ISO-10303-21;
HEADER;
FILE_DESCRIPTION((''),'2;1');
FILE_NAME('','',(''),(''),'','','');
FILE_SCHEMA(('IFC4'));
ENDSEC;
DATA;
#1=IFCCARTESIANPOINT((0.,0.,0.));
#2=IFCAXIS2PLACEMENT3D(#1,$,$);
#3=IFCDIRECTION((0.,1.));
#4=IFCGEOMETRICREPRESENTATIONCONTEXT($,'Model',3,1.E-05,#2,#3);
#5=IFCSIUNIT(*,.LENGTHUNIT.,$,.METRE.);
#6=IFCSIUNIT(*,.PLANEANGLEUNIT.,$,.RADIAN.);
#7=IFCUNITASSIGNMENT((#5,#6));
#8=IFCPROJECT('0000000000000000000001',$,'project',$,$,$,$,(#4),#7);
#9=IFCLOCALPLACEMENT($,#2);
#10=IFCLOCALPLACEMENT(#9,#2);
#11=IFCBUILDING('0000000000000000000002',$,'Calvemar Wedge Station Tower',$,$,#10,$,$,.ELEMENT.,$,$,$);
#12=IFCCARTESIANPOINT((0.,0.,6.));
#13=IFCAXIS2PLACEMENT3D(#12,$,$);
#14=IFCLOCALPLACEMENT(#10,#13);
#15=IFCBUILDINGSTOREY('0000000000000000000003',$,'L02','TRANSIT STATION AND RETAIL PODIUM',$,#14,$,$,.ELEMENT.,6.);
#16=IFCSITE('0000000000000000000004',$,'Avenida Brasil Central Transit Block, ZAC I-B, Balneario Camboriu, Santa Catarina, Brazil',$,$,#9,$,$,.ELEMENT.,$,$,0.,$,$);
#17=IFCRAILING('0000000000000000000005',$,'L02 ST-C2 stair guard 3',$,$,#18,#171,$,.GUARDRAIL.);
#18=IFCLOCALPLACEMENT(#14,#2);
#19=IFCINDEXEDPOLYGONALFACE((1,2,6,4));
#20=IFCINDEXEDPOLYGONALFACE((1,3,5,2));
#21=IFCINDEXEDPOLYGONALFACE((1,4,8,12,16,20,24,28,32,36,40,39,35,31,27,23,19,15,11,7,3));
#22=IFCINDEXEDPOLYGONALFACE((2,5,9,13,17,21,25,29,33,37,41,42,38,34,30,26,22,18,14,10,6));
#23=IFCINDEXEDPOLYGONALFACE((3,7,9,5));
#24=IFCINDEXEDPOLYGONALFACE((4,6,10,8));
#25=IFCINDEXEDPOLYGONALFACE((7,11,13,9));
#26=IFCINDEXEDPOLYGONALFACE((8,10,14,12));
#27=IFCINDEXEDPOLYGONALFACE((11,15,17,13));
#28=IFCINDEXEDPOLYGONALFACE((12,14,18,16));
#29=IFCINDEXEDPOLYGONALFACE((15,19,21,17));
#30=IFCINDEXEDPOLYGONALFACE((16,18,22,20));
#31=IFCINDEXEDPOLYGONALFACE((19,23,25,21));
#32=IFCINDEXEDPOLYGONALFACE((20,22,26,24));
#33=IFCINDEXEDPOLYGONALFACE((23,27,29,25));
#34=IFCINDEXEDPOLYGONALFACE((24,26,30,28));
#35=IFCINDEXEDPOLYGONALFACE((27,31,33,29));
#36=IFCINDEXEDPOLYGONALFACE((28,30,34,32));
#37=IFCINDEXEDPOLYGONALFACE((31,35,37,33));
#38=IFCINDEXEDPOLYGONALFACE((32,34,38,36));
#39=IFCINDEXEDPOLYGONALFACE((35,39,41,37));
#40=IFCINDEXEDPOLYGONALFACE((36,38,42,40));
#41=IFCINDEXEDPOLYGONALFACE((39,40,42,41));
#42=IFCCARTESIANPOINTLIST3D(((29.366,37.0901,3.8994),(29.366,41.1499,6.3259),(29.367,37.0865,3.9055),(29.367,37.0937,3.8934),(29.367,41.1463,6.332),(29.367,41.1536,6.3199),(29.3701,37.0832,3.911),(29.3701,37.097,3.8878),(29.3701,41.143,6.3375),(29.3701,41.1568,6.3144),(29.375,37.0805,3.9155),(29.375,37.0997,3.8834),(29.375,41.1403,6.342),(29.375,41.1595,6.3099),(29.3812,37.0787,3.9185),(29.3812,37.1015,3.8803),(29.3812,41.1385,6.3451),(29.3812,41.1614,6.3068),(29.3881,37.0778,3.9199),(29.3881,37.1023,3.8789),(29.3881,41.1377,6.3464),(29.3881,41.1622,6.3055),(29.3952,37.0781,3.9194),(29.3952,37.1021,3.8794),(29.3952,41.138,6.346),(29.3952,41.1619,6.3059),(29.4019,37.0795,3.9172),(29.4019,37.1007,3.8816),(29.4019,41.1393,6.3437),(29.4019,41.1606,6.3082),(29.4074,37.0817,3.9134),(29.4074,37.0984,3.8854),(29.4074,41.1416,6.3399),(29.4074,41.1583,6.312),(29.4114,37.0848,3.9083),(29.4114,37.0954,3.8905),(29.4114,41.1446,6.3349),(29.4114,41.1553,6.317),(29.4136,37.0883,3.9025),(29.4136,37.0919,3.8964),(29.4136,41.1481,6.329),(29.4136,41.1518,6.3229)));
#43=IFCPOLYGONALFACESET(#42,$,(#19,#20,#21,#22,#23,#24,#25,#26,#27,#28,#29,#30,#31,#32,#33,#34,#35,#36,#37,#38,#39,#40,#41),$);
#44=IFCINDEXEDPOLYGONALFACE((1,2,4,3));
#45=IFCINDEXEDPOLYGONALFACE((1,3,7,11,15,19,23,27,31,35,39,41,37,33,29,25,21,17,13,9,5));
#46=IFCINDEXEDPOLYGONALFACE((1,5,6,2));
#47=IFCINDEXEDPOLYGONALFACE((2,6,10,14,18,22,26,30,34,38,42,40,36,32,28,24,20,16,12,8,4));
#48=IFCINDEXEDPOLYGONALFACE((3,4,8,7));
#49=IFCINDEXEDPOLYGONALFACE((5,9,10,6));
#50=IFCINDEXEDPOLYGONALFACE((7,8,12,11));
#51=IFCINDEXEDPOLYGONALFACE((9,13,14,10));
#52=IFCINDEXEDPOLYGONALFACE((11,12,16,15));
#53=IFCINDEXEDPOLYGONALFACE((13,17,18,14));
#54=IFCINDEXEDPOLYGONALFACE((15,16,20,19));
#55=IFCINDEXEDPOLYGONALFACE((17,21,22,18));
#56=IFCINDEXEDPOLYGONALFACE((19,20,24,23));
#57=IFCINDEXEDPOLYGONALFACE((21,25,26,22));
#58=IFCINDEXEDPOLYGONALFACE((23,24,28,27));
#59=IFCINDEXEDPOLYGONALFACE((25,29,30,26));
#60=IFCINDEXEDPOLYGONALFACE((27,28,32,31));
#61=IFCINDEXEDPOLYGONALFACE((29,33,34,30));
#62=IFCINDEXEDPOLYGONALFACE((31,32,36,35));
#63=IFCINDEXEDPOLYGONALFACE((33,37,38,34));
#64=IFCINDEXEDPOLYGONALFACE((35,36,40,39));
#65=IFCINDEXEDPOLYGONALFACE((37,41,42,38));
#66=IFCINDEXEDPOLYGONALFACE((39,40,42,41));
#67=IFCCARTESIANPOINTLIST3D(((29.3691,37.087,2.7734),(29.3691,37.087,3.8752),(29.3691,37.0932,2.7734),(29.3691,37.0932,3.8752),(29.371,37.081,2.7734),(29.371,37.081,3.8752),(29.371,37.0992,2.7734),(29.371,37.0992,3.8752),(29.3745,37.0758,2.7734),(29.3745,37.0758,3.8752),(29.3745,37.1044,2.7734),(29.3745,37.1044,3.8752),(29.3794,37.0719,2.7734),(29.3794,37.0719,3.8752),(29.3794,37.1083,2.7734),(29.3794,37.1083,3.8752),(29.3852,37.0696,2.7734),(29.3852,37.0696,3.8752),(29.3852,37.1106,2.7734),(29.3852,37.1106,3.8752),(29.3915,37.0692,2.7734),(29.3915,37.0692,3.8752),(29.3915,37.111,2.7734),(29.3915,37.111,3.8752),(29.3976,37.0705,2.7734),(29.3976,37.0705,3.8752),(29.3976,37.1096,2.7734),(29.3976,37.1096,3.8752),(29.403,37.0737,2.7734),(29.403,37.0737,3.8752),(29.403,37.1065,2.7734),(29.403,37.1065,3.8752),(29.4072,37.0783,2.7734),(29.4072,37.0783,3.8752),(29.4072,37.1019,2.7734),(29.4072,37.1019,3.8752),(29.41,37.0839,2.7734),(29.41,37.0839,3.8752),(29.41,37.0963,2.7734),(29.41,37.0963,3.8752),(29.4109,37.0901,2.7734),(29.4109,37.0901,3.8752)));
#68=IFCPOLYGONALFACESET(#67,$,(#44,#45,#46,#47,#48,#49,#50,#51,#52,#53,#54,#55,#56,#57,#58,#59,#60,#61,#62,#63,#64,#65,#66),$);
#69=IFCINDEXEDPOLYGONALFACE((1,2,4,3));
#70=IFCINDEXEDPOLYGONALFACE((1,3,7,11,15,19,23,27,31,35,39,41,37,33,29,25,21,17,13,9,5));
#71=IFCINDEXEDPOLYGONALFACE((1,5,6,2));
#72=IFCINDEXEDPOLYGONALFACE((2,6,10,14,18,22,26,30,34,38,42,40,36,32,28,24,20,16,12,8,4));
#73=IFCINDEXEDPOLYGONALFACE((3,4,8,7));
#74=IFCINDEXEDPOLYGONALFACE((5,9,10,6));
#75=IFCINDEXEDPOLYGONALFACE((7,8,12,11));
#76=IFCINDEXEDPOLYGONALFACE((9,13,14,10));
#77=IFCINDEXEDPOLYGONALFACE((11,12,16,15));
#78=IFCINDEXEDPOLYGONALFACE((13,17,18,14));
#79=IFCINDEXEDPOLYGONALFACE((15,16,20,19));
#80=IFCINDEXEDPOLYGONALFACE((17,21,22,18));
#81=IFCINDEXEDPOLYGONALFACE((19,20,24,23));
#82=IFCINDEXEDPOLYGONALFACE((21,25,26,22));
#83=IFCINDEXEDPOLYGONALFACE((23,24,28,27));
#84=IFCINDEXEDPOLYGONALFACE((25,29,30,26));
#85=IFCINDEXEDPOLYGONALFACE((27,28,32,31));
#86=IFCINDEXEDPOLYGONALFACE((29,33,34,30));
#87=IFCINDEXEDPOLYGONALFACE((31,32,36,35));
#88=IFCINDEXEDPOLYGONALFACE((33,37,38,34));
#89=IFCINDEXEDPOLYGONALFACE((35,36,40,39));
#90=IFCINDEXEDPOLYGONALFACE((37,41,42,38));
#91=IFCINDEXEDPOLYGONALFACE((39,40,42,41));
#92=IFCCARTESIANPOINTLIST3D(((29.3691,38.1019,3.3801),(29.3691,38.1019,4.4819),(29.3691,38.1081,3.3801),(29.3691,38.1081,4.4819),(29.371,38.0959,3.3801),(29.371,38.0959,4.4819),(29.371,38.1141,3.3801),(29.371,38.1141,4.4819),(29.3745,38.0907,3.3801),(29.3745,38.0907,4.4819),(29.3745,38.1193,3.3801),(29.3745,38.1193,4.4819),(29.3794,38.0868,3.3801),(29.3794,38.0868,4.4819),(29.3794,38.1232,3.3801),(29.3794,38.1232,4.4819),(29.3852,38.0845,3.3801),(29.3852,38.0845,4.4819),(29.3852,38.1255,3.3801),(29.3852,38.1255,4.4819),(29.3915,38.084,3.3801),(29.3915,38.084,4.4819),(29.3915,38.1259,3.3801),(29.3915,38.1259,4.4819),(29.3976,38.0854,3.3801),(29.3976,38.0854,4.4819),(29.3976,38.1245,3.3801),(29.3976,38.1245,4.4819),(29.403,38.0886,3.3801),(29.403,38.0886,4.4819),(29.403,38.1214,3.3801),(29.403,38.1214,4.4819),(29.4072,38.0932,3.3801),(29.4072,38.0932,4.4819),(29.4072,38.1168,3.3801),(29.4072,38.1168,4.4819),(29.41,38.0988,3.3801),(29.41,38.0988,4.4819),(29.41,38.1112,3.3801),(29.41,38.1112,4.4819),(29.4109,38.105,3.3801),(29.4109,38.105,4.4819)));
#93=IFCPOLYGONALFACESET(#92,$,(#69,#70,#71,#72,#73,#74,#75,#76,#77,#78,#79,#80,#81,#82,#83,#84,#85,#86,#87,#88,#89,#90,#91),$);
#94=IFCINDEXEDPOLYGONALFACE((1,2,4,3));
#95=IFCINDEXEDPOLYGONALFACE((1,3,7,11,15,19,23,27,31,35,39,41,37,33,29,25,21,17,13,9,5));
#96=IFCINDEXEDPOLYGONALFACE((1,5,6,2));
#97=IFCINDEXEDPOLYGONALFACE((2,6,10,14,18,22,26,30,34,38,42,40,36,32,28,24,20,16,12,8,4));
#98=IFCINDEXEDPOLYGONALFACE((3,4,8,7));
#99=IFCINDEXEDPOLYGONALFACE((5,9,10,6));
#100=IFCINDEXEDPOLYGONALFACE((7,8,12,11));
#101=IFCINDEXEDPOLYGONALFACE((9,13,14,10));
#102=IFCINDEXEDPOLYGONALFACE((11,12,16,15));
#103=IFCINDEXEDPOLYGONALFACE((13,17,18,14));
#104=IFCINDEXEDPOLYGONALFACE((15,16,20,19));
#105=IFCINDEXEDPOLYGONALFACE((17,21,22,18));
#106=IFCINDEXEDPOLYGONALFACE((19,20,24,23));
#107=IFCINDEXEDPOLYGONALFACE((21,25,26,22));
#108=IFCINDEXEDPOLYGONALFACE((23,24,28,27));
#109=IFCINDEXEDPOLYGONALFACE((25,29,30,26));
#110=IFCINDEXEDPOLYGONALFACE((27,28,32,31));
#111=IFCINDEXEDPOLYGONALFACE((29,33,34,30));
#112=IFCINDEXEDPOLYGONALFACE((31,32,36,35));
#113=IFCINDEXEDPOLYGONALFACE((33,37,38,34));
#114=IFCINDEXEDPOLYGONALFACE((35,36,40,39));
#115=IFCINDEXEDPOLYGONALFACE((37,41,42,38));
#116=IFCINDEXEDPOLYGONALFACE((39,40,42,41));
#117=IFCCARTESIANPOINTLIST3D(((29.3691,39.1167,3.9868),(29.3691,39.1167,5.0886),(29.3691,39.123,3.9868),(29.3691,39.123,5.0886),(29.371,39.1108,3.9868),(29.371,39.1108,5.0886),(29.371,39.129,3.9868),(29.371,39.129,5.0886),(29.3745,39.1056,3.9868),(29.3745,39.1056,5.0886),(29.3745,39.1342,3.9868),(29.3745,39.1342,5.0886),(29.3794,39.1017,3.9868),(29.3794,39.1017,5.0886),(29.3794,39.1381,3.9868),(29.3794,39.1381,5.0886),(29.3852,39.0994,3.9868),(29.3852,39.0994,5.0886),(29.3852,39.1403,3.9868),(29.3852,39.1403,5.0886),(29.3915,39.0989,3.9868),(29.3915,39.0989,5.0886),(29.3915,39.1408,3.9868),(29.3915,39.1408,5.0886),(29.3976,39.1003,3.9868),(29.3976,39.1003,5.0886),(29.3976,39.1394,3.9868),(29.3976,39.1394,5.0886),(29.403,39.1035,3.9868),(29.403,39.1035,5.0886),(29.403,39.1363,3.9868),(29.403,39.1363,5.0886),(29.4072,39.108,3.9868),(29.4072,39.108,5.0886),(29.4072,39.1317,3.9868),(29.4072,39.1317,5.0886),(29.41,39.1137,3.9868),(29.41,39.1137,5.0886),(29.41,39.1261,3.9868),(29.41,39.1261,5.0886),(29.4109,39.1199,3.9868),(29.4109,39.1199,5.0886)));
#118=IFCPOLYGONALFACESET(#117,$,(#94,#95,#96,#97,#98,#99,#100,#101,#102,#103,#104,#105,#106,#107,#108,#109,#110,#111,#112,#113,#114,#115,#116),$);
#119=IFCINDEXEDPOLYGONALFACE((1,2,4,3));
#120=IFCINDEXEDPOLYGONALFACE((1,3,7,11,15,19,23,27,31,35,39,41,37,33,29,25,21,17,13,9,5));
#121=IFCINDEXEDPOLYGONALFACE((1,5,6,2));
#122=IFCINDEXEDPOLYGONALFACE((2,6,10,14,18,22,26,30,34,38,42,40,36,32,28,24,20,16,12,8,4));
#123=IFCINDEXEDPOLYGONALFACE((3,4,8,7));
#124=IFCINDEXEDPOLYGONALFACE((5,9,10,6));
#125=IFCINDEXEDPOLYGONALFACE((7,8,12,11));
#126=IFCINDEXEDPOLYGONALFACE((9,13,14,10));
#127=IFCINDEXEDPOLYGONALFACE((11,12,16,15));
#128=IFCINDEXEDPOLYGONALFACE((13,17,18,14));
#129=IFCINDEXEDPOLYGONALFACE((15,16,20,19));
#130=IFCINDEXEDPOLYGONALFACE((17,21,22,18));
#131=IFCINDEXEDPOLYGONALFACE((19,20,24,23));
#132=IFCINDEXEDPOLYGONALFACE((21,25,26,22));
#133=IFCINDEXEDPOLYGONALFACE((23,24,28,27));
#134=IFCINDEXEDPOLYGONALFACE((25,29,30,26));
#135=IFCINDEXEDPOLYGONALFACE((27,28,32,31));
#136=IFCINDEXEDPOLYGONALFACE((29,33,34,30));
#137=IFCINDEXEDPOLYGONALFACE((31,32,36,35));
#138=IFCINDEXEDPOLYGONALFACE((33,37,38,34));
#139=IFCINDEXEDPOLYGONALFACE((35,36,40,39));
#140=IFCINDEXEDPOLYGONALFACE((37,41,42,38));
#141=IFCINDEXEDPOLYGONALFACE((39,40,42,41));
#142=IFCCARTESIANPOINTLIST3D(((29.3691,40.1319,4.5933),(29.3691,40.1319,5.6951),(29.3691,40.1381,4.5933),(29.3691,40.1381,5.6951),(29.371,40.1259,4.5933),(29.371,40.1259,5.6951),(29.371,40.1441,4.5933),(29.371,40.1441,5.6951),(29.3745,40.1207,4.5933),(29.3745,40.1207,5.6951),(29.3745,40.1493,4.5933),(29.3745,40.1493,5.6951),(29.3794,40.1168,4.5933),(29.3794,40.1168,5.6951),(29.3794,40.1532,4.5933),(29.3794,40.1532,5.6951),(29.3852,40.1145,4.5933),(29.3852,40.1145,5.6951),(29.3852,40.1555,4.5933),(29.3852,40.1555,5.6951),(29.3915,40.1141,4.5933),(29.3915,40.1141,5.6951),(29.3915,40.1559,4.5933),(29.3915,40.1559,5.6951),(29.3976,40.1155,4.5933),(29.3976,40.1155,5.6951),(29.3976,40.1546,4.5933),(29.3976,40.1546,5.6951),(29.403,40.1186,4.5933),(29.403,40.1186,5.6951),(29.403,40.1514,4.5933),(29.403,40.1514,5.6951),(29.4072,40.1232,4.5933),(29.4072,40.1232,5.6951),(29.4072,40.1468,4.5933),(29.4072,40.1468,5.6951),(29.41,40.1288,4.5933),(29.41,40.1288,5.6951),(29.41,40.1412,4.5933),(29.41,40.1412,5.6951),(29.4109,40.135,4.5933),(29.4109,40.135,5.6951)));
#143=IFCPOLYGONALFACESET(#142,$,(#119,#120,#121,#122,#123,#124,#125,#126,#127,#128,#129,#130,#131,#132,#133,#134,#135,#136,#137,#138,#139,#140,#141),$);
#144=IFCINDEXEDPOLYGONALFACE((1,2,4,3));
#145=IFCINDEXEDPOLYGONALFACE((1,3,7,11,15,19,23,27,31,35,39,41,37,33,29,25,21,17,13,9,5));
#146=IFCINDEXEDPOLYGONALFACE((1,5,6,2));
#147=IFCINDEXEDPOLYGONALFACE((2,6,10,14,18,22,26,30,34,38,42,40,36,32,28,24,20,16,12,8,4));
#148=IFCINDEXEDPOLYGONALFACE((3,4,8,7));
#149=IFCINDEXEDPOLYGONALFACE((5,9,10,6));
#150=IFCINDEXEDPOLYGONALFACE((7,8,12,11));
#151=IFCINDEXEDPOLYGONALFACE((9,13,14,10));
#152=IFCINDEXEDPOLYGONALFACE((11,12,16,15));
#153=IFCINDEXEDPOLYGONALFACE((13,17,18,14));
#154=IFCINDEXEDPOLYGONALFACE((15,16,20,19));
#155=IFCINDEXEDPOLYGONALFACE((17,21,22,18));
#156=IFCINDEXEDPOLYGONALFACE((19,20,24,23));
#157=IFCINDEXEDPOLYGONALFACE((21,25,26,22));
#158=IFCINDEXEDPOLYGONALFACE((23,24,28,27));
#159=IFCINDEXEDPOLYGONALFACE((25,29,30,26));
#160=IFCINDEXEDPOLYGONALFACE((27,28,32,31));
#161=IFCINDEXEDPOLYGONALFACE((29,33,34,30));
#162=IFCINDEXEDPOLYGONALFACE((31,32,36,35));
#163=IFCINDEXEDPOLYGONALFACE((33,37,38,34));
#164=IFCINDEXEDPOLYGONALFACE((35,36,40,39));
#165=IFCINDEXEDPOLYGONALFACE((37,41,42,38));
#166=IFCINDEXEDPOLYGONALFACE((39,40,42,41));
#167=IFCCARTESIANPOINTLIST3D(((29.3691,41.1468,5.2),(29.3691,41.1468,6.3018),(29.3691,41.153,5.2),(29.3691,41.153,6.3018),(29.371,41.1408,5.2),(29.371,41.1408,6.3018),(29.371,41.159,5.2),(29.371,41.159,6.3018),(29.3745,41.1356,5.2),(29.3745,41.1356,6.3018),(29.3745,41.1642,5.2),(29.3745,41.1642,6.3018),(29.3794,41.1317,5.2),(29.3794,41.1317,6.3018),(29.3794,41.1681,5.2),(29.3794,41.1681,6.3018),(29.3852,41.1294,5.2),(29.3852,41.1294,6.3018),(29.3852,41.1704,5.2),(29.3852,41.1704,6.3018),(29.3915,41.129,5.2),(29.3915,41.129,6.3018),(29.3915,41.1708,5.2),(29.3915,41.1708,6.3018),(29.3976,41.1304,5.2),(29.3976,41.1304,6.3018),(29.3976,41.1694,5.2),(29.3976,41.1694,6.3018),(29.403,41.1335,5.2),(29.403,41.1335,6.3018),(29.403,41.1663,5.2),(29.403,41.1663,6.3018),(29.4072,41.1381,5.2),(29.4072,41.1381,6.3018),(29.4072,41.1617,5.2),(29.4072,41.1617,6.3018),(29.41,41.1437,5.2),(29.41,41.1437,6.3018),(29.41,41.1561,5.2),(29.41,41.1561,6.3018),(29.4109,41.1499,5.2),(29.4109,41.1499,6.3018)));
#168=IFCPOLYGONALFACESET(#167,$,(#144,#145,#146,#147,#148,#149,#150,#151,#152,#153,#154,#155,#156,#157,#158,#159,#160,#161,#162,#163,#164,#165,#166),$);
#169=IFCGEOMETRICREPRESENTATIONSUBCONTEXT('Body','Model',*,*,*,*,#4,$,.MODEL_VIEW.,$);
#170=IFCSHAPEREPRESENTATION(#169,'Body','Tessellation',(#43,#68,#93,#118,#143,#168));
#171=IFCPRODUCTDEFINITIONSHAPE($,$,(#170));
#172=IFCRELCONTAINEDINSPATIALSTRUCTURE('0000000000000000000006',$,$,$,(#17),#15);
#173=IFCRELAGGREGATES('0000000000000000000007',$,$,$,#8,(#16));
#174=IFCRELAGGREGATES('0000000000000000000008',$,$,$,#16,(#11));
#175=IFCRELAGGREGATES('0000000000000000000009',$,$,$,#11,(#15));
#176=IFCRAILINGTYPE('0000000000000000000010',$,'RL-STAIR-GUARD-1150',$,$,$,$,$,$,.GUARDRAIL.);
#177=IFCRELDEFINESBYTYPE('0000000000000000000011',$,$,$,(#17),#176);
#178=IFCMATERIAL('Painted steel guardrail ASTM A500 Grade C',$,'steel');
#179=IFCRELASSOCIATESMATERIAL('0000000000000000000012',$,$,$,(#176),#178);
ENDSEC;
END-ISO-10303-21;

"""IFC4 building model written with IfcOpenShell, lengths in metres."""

from ifc_helpers import new_model, si_unit, direction, frame, origin, origin_2d, place, context, subcontext, project, spatial, circle, extrude, material, type_object, element, save


model = new_model("IFC4")

# Units and contexts
model_context = context("Model", 3, precision=1e-05, world=origin(), true_north=direction((0.0, 1.0)))
body_context = subcontext(model_context, "Body", "Model", "MODEL_VIEW")
ifc_project = project(units=[si_unit("LENGTHUNIT", "METRE"), si_unit("PLANEANGLEUNIT", "RADIAN")], contexts=[model_context])

# Site, building, storey
site_placement = place(None, origin())
site = spatial("IfcSite", under=ifc_project, at=site_placement, Name="Avenida Brasil Central Transit Block, ZAC I-B, Balneario Camboriu, Santa Catarina, Brazil", CompositionType="ELEMENT", RefElevation=0.0)
building_placement = place(site_placement, origin())
building = spatial("IfcBuilding", under=site, at=building_placement, Name="Calvemar Wedge Station Tower", CompositionType="ELEMENT")
storey_placement = place(building_placement, frame((0.0, 0.0, 6.0)))
storey = spatial("IfcBuildingStorey", under=building, at=storey_placement, Name="L02", Description="TRANSIT STATION AND RETAIL PODIUM", CompositionType="ELEMENT", Elevation=6.0)

# Railing
ifc_material_1 = material(Name="Painted steel guardrail ASTM A500 Grade C", Category="steel")
railing_type_1 = type_object("IfcRailingType", Name="RL-STAIR-GUARD-1150", PredefinedType="GUARDRAIL", material=ifc_material_1)
railing_1_placement = place(storey_placement, frame((29.3899, 37.0901, 2.7734)))
element("IfcRailing", 1, at=railing_1_placement, inside=storey, type_object=railing_type_1, Name="L02 ST-C2 stair guard 3", PredefinedType="GUARDRAIL", context=body_context, shape_type="SweptSolid", body=[
    extrude(circle(Radius=0.0239, at=origin_2d()), frame((0.0, 0.0, 1.126), z_axis=(0.0, 0.858366, 0.513038), x_axis=(-1.0, 0.0, 0.0)), (0.0, 0.0, 1.0), 4.7297),
    extrude(circle(Radius=0.021, at=origin_2d()), origin(), (0.0, 0.0, 1.0), 1.1018),
    extrude(circle(Radius=0.021, at=origin_2d()), frame((0.0, 1.0149, 0.6067)), (0.0, 0.0, 1.0), 1.1018),
    extrude(circle(Radius=0.021, at=origin_2d()), frame((0.0, 2.0298, 1.2134)), (0.0, 0.0, 1.0), 1.1018),
    extrude(circle(Radius=0.021, at=origin_2d()), frame((0.0, 3.0449, 1.8198)), (0.0, 0.0, 1.0), 1.1018),
    extrude(circle(Radius=0.021, at=origin_2d()), frame((0.0, 4.0598, 2.4265)), (0.0, 0.0, 1.0), 1.1018),
])

save(model, "model.ifc")
